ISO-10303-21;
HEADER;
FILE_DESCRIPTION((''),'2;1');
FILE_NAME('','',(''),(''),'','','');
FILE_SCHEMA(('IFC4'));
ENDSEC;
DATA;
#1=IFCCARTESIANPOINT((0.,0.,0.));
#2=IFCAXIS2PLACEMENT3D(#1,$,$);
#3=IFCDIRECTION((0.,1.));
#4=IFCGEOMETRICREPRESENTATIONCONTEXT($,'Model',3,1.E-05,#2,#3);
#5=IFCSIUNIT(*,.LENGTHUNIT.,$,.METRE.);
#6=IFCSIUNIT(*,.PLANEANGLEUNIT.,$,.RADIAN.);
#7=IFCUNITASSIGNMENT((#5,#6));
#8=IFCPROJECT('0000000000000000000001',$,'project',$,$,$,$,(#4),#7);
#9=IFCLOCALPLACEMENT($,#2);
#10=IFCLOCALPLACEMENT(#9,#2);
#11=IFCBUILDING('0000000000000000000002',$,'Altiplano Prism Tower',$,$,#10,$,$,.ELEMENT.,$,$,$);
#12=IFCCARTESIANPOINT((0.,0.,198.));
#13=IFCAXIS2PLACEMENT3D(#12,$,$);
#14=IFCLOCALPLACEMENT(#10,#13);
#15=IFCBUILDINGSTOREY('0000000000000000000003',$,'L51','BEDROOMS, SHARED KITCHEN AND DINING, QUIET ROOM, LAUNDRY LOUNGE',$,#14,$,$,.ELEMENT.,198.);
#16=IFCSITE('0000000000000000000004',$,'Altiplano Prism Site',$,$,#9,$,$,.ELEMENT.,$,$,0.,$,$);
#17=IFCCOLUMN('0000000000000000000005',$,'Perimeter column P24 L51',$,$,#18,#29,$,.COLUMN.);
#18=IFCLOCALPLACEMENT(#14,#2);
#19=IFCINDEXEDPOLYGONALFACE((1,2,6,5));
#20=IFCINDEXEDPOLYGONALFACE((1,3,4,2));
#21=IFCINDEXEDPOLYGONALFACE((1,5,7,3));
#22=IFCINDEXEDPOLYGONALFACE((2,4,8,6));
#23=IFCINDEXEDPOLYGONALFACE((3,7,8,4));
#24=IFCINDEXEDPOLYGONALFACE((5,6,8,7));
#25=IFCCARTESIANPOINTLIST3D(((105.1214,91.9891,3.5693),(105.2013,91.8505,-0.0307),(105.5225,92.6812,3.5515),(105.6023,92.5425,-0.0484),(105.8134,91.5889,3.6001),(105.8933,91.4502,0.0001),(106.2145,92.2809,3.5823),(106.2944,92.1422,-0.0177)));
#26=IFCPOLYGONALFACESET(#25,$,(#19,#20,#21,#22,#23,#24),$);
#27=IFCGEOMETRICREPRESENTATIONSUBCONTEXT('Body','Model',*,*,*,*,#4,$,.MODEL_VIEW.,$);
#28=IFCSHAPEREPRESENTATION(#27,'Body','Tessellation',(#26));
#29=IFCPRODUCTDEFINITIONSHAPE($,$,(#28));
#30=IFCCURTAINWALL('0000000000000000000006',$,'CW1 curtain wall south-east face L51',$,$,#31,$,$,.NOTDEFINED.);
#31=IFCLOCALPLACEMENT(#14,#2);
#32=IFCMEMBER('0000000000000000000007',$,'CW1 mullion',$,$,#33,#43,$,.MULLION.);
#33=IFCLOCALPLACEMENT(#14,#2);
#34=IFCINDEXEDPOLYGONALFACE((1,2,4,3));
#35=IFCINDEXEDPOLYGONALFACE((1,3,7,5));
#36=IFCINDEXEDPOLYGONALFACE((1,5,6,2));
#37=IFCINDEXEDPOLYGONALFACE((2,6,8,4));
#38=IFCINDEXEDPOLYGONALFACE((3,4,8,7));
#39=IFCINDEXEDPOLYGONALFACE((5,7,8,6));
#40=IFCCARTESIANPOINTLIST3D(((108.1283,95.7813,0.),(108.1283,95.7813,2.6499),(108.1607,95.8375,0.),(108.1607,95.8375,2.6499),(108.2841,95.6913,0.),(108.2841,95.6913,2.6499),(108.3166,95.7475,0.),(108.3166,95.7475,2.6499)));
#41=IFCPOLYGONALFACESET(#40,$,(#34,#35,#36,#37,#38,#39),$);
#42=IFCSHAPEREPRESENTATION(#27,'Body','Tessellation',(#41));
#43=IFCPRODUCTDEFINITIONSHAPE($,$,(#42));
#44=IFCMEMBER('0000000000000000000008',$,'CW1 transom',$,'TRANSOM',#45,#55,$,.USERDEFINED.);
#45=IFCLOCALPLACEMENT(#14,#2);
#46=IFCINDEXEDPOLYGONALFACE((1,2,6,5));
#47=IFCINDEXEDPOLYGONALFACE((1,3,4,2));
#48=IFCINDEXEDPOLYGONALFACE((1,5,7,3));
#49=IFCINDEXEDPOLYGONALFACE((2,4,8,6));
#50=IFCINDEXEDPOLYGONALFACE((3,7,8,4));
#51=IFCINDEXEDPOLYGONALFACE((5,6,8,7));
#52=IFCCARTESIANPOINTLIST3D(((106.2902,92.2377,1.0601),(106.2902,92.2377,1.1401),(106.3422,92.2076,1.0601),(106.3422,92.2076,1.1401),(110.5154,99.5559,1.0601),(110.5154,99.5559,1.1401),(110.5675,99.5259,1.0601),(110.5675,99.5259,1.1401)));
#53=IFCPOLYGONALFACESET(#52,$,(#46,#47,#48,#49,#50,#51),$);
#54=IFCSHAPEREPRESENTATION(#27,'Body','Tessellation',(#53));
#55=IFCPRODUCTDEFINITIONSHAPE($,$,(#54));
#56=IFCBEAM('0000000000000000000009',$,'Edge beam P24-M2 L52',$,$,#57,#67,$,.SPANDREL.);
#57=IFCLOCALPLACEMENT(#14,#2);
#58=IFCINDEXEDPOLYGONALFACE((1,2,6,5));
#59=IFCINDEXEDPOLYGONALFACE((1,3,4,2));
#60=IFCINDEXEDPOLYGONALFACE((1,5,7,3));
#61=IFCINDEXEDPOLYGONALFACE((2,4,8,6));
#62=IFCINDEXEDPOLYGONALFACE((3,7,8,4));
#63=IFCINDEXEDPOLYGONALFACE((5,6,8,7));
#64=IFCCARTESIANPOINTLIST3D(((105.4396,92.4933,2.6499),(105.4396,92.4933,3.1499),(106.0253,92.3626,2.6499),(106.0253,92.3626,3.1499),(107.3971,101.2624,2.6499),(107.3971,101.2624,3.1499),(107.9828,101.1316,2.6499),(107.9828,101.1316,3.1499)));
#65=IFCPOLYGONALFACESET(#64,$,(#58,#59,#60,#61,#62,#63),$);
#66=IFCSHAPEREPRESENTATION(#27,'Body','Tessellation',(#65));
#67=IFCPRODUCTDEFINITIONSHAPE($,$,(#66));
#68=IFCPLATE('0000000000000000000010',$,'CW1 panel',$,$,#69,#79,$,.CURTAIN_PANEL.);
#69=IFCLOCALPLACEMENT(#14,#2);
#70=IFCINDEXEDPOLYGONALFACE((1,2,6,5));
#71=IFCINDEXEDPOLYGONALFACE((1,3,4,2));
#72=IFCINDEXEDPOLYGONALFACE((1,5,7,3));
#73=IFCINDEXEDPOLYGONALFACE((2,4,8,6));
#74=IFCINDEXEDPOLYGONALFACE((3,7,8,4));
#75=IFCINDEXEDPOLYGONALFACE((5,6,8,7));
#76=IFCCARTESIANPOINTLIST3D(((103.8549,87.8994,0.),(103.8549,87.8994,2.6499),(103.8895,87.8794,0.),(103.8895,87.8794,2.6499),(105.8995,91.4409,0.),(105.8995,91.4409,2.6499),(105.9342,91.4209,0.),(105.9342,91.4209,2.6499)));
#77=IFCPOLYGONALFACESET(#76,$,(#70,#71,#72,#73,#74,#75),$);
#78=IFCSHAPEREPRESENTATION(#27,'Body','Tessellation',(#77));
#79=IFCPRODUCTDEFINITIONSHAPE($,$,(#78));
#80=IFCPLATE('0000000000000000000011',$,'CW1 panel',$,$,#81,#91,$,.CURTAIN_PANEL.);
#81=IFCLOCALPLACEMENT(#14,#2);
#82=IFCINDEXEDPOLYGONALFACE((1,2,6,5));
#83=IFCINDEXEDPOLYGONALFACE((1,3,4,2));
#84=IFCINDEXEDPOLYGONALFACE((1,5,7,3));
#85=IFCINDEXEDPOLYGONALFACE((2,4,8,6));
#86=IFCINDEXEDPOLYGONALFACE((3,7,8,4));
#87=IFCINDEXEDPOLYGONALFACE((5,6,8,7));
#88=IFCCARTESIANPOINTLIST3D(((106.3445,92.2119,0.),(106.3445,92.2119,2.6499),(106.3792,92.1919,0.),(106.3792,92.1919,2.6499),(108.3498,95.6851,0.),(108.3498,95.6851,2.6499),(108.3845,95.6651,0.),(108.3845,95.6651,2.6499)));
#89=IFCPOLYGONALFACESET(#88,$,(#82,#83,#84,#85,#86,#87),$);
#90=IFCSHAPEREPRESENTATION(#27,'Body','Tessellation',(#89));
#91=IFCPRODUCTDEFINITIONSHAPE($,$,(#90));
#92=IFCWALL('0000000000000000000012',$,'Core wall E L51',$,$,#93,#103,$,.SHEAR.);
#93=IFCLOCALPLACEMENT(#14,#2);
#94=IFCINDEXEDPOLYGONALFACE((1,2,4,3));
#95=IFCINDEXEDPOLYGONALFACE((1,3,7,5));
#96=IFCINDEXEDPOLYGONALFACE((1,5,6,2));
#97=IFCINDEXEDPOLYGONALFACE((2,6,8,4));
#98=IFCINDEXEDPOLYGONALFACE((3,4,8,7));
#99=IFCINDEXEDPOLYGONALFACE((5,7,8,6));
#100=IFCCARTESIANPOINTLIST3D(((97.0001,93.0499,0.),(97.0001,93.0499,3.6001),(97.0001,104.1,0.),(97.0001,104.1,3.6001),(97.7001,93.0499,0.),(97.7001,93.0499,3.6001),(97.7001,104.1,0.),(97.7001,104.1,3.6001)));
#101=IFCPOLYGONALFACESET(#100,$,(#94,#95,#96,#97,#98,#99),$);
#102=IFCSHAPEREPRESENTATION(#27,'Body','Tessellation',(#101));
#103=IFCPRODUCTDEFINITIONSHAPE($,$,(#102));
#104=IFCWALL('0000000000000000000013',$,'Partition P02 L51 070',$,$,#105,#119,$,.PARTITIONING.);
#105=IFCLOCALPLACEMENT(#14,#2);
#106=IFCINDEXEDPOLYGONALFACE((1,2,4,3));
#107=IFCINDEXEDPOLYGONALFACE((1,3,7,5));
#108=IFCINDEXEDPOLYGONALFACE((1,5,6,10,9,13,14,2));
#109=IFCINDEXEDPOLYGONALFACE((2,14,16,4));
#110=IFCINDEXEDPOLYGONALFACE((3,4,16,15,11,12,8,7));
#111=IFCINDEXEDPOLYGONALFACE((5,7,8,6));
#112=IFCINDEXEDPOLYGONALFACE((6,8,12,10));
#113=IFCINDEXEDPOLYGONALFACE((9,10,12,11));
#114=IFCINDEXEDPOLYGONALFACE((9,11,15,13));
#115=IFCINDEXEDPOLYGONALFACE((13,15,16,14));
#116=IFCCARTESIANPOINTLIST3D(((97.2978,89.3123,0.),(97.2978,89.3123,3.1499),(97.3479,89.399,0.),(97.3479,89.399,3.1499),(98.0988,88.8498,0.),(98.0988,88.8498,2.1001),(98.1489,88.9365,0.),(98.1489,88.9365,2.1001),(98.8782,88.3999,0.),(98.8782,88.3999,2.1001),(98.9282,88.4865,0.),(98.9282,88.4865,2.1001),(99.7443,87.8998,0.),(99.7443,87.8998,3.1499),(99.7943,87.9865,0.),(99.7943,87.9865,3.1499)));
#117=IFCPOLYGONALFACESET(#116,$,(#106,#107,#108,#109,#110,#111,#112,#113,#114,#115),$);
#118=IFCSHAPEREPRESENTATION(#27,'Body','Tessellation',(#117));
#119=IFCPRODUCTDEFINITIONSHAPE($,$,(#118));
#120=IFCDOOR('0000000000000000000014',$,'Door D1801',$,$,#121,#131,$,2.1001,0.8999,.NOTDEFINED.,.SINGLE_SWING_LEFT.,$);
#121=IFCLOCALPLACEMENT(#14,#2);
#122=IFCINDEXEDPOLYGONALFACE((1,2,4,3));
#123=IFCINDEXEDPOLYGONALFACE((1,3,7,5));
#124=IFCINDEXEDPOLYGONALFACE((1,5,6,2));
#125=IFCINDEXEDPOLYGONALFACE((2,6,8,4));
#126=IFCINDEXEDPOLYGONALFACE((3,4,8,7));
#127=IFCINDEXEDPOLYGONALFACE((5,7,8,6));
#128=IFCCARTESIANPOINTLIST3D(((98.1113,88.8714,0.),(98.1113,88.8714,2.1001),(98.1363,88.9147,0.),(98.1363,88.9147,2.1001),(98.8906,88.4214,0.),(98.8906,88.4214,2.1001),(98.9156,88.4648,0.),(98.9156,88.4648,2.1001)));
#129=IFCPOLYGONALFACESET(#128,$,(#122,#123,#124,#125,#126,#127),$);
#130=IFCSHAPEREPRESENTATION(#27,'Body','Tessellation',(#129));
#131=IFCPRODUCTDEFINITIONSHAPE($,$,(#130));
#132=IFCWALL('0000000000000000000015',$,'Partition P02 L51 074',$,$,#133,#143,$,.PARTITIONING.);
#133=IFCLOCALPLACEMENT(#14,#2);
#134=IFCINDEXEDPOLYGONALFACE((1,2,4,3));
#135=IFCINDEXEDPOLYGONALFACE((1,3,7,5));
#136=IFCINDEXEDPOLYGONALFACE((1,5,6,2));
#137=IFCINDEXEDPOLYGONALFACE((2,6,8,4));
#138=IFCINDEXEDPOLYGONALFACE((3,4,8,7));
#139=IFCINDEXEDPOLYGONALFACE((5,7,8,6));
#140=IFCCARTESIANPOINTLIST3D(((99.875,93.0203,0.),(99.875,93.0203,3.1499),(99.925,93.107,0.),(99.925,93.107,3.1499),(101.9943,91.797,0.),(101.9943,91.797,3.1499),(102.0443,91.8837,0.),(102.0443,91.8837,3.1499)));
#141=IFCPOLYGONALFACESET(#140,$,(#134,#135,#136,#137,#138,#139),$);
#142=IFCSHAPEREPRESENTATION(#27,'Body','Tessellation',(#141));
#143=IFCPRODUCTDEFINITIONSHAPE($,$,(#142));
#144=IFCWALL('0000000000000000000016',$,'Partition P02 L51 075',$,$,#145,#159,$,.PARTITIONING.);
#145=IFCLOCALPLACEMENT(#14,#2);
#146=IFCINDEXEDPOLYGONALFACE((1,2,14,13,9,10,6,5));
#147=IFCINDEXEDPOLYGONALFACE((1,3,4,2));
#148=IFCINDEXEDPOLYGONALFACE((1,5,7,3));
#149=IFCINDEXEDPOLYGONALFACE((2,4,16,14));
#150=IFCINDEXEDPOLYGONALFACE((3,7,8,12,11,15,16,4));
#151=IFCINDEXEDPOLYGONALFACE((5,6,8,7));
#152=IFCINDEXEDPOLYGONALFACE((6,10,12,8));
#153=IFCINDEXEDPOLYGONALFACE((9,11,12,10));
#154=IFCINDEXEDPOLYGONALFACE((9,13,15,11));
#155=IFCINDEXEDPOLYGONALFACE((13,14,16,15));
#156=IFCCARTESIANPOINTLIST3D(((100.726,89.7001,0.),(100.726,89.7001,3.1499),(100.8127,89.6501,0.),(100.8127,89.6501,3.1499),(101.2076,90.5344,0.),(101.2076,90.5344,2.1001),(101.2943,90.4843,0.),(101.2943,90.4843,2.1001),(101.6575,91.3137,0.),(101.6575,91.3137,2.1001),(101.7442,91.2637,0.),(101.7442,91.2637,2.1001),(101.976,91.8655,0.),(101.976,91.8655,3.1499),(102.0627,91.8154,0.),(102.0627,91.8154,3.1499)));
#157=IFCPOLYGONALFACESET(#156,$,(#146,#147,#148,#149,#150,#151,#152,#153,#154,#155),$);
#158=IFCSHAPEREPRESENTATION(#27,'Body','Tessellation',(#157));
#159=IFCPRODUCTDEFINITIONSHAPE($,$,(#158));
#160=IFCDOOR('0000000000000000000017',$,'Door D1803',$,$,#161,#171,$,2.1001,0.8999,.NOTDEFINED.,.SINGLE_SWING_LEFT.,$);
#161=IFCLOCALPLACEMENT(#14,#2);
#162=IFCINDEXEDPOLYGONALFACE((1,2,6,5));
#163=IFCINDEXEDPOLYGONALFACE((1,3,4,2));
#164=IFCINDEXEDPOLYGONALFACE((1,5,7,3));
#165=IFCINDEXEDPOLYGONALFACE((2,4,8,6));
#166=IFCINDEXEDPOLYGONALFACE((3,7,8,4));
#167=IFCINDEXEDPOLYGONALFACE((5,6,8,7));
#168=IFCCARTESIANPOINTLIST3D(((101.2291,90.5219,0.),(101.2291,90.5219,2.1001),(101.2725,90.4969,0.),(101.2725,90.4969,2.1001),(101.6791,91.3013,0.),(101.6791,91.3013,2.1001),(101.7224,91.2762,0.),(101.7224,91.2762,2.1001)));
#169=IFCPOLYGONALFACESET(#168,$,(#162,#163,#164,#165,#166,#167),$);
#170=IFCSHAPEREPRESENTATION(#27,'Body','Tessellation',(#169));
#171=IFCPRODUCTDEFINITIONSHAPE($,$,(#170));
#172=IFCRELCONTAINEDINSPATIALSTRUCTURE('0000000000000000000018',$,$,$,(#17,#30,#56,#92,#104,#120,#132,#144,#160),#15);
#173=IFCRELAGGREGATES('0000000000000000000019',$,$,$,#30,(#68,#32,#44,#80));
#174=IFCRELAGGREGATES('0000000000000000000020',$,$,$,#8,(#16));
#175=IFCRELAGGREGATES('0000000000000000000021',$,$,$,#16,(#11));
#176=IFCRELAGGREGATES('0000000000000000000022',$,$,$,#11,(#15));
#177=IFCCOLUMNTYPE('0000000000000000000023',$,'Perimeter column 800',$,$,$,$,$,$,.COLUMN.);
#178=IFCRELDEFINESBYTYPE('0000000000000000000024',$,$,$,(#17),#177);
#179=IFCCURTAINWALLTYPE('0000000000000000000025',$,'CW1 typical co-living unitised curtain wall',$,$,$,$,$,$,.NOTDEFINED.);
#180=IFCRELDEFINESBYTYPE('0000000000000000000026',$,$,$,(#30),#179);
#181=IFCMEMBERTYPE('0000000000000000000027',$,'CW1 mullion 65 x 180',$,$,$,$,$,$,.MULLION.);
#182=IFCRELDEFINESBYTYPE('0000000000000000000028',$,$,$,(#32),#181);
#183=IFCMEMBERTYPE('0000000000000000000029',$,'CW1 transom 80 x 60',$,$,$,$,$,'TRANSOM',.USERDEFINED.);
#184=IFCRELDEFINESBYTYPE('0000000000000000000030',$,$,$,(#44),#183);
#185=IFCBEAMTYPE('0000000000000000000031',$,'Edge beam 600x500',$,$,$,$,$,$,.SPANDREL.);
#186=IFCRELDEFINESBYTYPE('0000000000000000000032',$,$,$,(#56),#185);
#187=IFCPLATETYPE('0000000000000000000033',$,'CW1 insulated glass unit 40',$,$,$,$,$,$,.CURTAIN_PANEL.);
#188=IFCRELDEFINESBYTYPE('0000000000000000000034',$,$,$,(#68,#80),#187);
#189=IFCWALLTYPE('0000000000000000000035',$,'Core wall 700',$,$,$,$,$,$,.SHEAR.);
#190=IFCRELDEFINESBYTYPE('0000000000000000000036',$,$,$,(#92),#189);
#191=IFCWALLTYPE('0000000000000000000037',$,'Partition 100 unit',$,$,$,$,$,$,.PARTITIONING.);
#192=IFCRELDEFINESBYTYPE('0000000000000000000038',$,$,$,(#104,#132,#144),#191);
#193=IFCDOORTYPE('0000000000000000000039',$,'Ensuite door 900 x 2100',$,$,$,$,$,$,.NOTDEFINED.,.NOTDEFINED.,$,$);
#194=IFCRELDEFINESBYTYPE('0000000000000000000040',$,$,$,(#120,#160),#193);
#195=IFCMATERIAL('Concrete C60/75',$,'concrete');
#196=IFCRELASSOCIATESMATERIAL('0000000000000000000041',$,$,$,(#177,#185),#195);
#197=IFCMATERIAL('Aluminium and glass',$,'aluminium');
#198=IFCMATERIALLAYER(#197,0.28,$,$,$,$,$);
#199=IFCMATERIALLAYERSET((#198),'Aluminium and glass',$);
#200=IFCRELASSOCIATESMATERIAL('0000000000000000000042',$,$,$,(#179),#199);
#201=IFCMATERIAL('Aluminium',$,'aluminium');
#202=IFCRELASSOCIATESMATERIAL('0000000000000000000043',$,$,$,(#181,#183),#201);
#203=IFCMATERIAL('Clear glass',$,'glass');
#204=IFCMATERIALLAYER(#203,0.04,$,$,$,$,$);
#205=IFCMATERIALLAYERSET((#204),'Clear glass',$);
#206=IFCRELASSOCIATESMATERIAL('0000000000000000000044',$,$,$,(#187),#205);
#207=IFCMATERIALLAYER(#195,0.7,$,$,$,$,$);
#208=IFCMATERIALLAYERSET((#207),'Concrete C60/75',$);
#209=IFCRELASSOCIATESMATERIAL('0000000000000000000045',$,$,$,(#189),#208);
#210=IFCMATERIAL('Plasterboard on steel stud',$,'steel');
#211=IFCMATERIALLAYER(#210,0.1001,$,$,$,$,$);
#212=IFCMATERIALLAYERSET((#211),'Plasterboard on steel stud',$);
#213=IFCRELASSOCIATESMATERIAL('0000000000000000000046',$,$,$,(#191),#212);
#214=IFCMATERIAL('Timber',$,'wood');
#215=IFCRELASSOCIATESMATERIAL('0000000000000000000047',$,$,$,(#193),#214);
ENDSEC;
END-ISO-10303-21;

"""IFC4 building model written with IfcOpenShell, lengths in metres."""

from ifc_helpers import new_model, si_unit, direction, frame, frame_2d, origin, origin_2d, place, context, subcontext, project, spatial, rectangle, extrude, material, layer, layer_set, material_profile, profile_set, type_object, element, fill, aggregate, save


model = new_model("IFC4")

# Units and contexts
model_context = context("Model", 3, precision=1e-05, world=origin(), true_north=direction((0.0, 1.0)))
body_context = subcontext(model_context, "Body", "Model", "MODEL_VIEW")
ifc_project = project(units=[si_unit("LENGTHUNIT", "METRE"), si_unit("PLANEANGLEUNIT", "RADIAN")], contexts=[model_context])

# Site, building, storey
site_placement = place(None, origin())
site = spatial("IfcSite", under=ifc_project, at=site_placement, Name="Altiplano Prism Site", CompositionType="ELEMENT", RefElevation=0.0)
building_placement = place(site_placement, origin())
building = spatial("IfcBuilding", under=site, at=building_placement, Name="Altiplano Prism Tower", CompositionType="ELEMENT")
storey_placement = place(building_placement, frame((0.0, 0.0, 198.0)))
storey = spatial("IfcBuildingStorey", under=building, at=storey_placement, Name="L51", Description="BEDROOMS, SHARED KITCHEN AND DINING, QUIET ROOM, LAUNDRY LOUNGE", CompositionType="ELEMENT", Elevation=198.0)

# Column
ifc_material_1 = material(Name="Concrete C60/75", Category="concrete")
ifc_material_profile_1 = material_profile(ifc_material_1, rectangle(XDim=0.8, YDim=0.8, at=origin_2d()), Name="Perimeter column 800")
ifc_profile_set_1 = profile_set([ifc_material_profile_1], Name="Concrete C60/75")
column_type = type_object("IfcColumnType", Name="Perimeter column 800", PredefinedType="COLUMN", material=ifc_profile_set_1)
column_placement = place(storey_placement, frame((105.7478, 91.9963, -0.0242), z_axis=(-0.022155, 0.038484, 0.999014), x_axis=(-0.501313, -0.864981, 0.022203)))
element("IfcColumn", 1, at=column_placement, inside=storey, type_object=column_type, Name="Perimeter column P24 L51", PredefinedType="COLUMN", context=body_context, shape_type="SweptSolid", body=[
    extrude(rectangle(XDim=0.8, YDim=0.8, at=origin_2d()), origin(), (0.0, 0.0, 1.0), 3.6035),
])

# Curtain wall, members
ifc_material_2 = material(Name="Aluminium and glass", Category="aluminium")
ifc_layer_1 = layer(ifc_material_2, 0.28)
ifc_layer_set_1 = layer_set([ifc_layer_1], Name="Aluminium and glass")
curtain_wall_type = type_object("IfcCurtainWallType", Name="CW1 typical co-living unitised curtain wall", PredefinedType="NOTDEFINED", material=ifc_layer_set_1)
curtain_wall_placement = place(storey_placement, origin())
curtain_wall = element("IfcCurtainWall", 2, at=curtain_wall_placement, inside=storey, type_object=curtain_wall_type, Name="CW1 curtain wall south-east face L51", PredefinedType="NOTDEFINED")
ifc_material_3 = material(Name="Aluminium", Category="aluminium")
ifc_material_profile_2 = material_profile(ifc_material_3, rectangle(XDim=0.1799, YDim=0.0649, at=origin_2d()), Name="CW1 mullion 65 x 180")
ifc_profile_set_2 = profile_set([ifc_material_profile_2], Name="Aluminium")
member_type_1 = type_object("IfcMemberType", Name="CW1 mullion 65 x 180", PredefinedType="MULLION", material=ifc_profile_set_2)
member_1_placement = place(storey_placement, frame((108.2224, 95.7644, 0.0), z_axis=(0.0, 0.0, 1.0), x_axis=(-0.866025, 0.5, 0.0)))
member_1 = element("IfcMember", 3, at=member_1_placement, type_object=member_type_1, Name="CW1 mullion", PredefinedType="MULLION", context=body_context, shape_type="SweptSolid", body=[
    extrude(rectangle(XDim=0.1799, YDim=0.0649, at=origin_2d()), origin(), (0.0, 0.0, 1.0), 2.6499),
])
ifc_material_profile_3 = material_profile(ifc_material_3, rectangle(XDim=0.0601, YDim=0.0801, at=origin_2d()), Name="CW1 transom 80 x 60")
ifc_profile_set_3 = profile_set([ifc_material_profile_3], Name="Aluminium")
member_type_2 = type_object("IfcMemberType", Name="CW1 transom 80 x 60", ElementType="TRANSOM", PredefinedType="USERDEFINED", material=ifc_profile_set_3)
member_2_placement = place(storey_placement, frame((106.3162, 92.2227, 1.1001), z_axis=(0.500008, 0.866021, 0.0), x_axis=(-0.866021, 0.500008, 0.0)))
member_2 = element("IfcMember", 4, at=member_2_placement, type_object=member_type_2, Name="CW1 transom", ObjectType="TRANSOM", PredefinedType="USERDEFINED", context=body_context, shape_type="SweptSolid", body=[
    extrude(rectangle(XDim=0.0601, YDim=0.0801, at=origin_2d()), origin(), (0.0, 0.0, 1.0), 8.4504),
])

# Beam
ifc_material_profile_4 = material_profile(ifc_material_1, rectangle(XDim=0.6001, YDim=0.5, at=origin_2d()), Name="Edge beam 600x500")
ifc_profile_set_4 = profile_set([ifc_material_profile_4], Name="Concrete C60/75")
beam_type = type_object("IfcBeamType", Name="Edge beam 600x500", PredefinedType="SPANDREL", material=ifc_profile_set_4)
beam_placement = place(storey_placement, frame((105.7324, 92.428, 2.8999), z_axis=(0.217868, 0.975978, 0.0), x_axis=(-0.975978, 0.217868, 0.0)))
element("IfcBeam", 5, at=beam_placement, inside=storey, type_object=beam_type, Name="Edge beam P24-M2 L52", PredefinedType="SPANDREL", context=body_context, shape_type="SweptSolid", body=[
    extrude(rectangle(XDim=0.6001, YDim=0.5, at=origin_2d()), origin(), (0.0, 0.0, 1.0), 8.9849),
])

# Plates
ifc_material_4 = material(Name="Clear glass", Category="glass")
ifc_layer_2 = layer(ifc_material_4, 0.04)
ifc_layer_set_2 = layer_set([ifc_layer_2], Name="Clear glass")
plate_type = type_object("IfcPlateType", Name="CW1 insulated glass unit 40", PredefinedType="CURTAIN_PANEL", material=ifc_layer_set_2)
plate_1_placement = place(storey_placement, frame((104.8945, 89.6602, 0.0), z_axis=(0.0, 0.0, 1.0), x_axis=(0.5, 0.866025, 0.0)))
plate_1 = element("IfcPlate", 6, at=plate_1_placement, type_object=plate_type, Name="CW1 panel", PredefinedType="CURTAIN_PANEL", context=body_context, shape_type="SweptSolid", body=[
    extrude(rectangle(XDim=4.0894, YDim=0.04, at=origin_2d()), origin(), (0.0, 0.0, 1.0), 2.6499),
])
plate_2_placement = place(storey_placement, frame((107.3645, 93.9385, 0.0), z_axis=(0.0, 0.0, 1.0), x_axis=(0.5, 0.866025, 0.0)))
plate_2 = element("IfcPlate", 7, at=plate_2_placement, type_object=plate_type, Name="CW1 panel", PredefinedType="CURTAIN_PANEL", context=body_context, shape_type="SweptSolid", body=[
    extrude(rectangle(XDim=4.0105, YDim=0.04, at=origin_2d()), origin(), (0.0, 0.0, 1.0), 2.6499),
])
aggregate(curtain_wall, [plate_1, member_1, member_2, plate_2])

# Wall
ifc_layer_3 = layer(ifc_material_1, 0.7)
ifc_layer_set_3 = layer_set([ifc_layer_3], Name="Concrete C60/75")
wall_type_1 = type_object("IfcWallType", Name="Core wall 700", PredefinedType="SHEAR", material=ifc_layer_set_3)
wall_1_placement = place(storey_placement, frame((97.3501, 93.05, 0.0), z_axis=(0.0, 0.0, 1.0), x_axis=(0.0, 1.0, 0.0)))
element("IfcWall", 8, at=wall_1_placement, inside=storey, type_object=wall_type_1, Name="Core wall E L51", PredefinedType="SHEAR", context=body_context, shape_type="SweptSolid", body=[
    extrude(rectangle(XDim=11.05, YDim=0.7, at=frame_2d((5.5249, 0.0))), origin(), (0.0, 0.0, 1.0), 3.6001),
])

# Wall, opening, door
ifc_material_5 = material(Name="Plasterboard on steel stud", Category="steel")
ifc_layer_4 = layer(ifc_material_5, 0.1001)
ifc_layer_set_4 = layer_set([ifc_layer_4], Name="Plasterboard on steel stud")
wall_type_2 = type_object("IfcWallType", Name="Partition 100 unit", PredefinedType="PARTITIONING", material=ifc_layer_set_4)
wall_2_placement = place(storey_placement, frame((97.3228, 89.3557, 0.0), z_axis=(0.0, 0.0, 1.0), x_axis=(0.866011, -0.500024, 0.0)))
wall_2 = element("IfcWall", 9, at=wall_2_placement, inside=storey, type_object=wall_type_2, Name="Partition P02 L51 070", PredefinedType="PARTITIONING", context=body_context, shape_type="SweptSolid", body=[
    extrude(rectangle(XDim=2.825, YDim=0.1001, at=frame_2d((1.4126, 0.0))), origin(), (0.0, 0.0, 1.0), 3.1499),
])
opening_1_placement = place(wall_2_placement, frame((0.925, 0.0, 0.0)))
opening_1 = element("IfcOpeningElement", 10, at=opening_1_placement, cuts=wall_2, PredefinedType="OPENING", context=body_context, shape_type="SweptSolid", body=[
    extrude(rectangle(XDim=0.8999, YDim=2.1001, at=frame_2d((0.45, 1.05))), frame((0.0, 0.0605, 0.0), z_axis=(0.0, -1.0, 0.0), x_axis=(1.0, 0.0, 0.0)), (0.0, 0.0, 1.0), 0.1211),
])
ifc_material_6 = material(Name="Timber", Category="wood")
door_type_1 = type_object("IfcDoorType", Name="Ensuite door 900 x 2100", OperationType="NOTDEFINED", PredefinedType="NOTDEFINED", material=ifc_material_6)
door_1_placement = place(opening_1_placement, origin())
door_1 = element("IfcDoor", 11, at=door_1_placement, inside=storey, type_object=door_type_1, Name="Door D1801", OperationType="SINGLE_SWING_LEFT", OverallHeight=2.1001, OverallWidth=0.8999, PredefinedType="NOTDEFINED", context=body_context, shape_type="SweptSolid", body=[
    extrude(rectangle(XDim=0.8999, YDim=2.1001, at=frame_2d((0.45, 1.05))), frame((0.0, 0.0249, 0.0), z_axis=(0.0, -1.0, 0.0), x_axis=(1.0, 0.0, 0.0)), (0.0, 0.0, 1.0), 0.05),
])
fill(opening_1, door_1)

# Wall
wall_3_placement = place(storey_placement, frame((99.8999, 93.0637, 0.0), z_axis=(0.0, 0.0, 1.0), x_axis=(0.866068, -0.499927, 0.0)))
element("IfcWall", 12, at=wall_3_placement, inside=storey, type_object=wall_type_2, Name="Partition P02 L51 074", PredefinedType="PARTITIONING", context=body_context, shape_type="SweptSolid", body=[
    extrude(rectangle(XDim=2.447, YDim=0.1001, at=frame_2d((1.2236, 0.0))), origin(), (0.0, 0.0, 1.0), 3.1499),
])

# Wall, opening, door
wall_4_placement = place(storey_placement, frame((102.0193, 91.8403, 0.0), z_axis=(0.0, 0.0, 1.0), x_axis=(-0.499962, -0.866047, 0.0)))
wall_4 = element("IfcWall", 13, at=wall_4_placement, inside=storey, type_object=wall_type_2, Name="Partition P02 L51 075", PredefinedType="PARTITIONING", context=body_context, shape_type="SweptSolid", body=[
    extrude(rectangle(XDim=2.5002, YDim=0.1001, at=frame_2d((1.25, 0.0))), origin(), (0.0, 0.0, 1.0), 3.1499),
])
opening_2_placement = place(wall_4_placement, frame((0.637, 0.0, 0.0)))
opening_2 = element("IfcOpeningElement", 14, at=opening_2_placement, cuts=wall_4, PredefinedType="OPENING", context=body_context, shape_type="SweptSolid", body=[
    extrude(rectangle(XDim=0.8999, YDim=2.1001, at=frame_2d((0.45, 1.05))), frame((0.0, 0.0605, 0.0), z_axis=(0.0, -1.0, 0.0), x_axis=(1.0, 0.0, 0.0)), (0.0, 0.0, 1.0), 0.1211),
])
door_2_placement = place(opening_2_placement, origin())
door_2 = element("IfcDoor", 15, at=door_2_placement, inside=storey, type_object=door_type_1, Name="Door D1803", OperationType="SINGLE_SWING_LEFT", OverallHeight=2.1001, OverallWidth=0.8999, PredefinedType="NOTDEFINED", context=body_context, shape_type="SweptSolid", body=[
    extrude(rectangle(XDim=0.8999, YDim=2.1001, at=frame_2d((0.45, 1.05))), frame((0.0, 0.0249, 0.0), z_axis=(0.0, -1.0, 0.0), x_axis=(1.0, 0.0, 0.0)), (0.0, 0.0, 1.0), 0.05),
])
fill(opening_2, door_2)

save(model, "model.ifc")
